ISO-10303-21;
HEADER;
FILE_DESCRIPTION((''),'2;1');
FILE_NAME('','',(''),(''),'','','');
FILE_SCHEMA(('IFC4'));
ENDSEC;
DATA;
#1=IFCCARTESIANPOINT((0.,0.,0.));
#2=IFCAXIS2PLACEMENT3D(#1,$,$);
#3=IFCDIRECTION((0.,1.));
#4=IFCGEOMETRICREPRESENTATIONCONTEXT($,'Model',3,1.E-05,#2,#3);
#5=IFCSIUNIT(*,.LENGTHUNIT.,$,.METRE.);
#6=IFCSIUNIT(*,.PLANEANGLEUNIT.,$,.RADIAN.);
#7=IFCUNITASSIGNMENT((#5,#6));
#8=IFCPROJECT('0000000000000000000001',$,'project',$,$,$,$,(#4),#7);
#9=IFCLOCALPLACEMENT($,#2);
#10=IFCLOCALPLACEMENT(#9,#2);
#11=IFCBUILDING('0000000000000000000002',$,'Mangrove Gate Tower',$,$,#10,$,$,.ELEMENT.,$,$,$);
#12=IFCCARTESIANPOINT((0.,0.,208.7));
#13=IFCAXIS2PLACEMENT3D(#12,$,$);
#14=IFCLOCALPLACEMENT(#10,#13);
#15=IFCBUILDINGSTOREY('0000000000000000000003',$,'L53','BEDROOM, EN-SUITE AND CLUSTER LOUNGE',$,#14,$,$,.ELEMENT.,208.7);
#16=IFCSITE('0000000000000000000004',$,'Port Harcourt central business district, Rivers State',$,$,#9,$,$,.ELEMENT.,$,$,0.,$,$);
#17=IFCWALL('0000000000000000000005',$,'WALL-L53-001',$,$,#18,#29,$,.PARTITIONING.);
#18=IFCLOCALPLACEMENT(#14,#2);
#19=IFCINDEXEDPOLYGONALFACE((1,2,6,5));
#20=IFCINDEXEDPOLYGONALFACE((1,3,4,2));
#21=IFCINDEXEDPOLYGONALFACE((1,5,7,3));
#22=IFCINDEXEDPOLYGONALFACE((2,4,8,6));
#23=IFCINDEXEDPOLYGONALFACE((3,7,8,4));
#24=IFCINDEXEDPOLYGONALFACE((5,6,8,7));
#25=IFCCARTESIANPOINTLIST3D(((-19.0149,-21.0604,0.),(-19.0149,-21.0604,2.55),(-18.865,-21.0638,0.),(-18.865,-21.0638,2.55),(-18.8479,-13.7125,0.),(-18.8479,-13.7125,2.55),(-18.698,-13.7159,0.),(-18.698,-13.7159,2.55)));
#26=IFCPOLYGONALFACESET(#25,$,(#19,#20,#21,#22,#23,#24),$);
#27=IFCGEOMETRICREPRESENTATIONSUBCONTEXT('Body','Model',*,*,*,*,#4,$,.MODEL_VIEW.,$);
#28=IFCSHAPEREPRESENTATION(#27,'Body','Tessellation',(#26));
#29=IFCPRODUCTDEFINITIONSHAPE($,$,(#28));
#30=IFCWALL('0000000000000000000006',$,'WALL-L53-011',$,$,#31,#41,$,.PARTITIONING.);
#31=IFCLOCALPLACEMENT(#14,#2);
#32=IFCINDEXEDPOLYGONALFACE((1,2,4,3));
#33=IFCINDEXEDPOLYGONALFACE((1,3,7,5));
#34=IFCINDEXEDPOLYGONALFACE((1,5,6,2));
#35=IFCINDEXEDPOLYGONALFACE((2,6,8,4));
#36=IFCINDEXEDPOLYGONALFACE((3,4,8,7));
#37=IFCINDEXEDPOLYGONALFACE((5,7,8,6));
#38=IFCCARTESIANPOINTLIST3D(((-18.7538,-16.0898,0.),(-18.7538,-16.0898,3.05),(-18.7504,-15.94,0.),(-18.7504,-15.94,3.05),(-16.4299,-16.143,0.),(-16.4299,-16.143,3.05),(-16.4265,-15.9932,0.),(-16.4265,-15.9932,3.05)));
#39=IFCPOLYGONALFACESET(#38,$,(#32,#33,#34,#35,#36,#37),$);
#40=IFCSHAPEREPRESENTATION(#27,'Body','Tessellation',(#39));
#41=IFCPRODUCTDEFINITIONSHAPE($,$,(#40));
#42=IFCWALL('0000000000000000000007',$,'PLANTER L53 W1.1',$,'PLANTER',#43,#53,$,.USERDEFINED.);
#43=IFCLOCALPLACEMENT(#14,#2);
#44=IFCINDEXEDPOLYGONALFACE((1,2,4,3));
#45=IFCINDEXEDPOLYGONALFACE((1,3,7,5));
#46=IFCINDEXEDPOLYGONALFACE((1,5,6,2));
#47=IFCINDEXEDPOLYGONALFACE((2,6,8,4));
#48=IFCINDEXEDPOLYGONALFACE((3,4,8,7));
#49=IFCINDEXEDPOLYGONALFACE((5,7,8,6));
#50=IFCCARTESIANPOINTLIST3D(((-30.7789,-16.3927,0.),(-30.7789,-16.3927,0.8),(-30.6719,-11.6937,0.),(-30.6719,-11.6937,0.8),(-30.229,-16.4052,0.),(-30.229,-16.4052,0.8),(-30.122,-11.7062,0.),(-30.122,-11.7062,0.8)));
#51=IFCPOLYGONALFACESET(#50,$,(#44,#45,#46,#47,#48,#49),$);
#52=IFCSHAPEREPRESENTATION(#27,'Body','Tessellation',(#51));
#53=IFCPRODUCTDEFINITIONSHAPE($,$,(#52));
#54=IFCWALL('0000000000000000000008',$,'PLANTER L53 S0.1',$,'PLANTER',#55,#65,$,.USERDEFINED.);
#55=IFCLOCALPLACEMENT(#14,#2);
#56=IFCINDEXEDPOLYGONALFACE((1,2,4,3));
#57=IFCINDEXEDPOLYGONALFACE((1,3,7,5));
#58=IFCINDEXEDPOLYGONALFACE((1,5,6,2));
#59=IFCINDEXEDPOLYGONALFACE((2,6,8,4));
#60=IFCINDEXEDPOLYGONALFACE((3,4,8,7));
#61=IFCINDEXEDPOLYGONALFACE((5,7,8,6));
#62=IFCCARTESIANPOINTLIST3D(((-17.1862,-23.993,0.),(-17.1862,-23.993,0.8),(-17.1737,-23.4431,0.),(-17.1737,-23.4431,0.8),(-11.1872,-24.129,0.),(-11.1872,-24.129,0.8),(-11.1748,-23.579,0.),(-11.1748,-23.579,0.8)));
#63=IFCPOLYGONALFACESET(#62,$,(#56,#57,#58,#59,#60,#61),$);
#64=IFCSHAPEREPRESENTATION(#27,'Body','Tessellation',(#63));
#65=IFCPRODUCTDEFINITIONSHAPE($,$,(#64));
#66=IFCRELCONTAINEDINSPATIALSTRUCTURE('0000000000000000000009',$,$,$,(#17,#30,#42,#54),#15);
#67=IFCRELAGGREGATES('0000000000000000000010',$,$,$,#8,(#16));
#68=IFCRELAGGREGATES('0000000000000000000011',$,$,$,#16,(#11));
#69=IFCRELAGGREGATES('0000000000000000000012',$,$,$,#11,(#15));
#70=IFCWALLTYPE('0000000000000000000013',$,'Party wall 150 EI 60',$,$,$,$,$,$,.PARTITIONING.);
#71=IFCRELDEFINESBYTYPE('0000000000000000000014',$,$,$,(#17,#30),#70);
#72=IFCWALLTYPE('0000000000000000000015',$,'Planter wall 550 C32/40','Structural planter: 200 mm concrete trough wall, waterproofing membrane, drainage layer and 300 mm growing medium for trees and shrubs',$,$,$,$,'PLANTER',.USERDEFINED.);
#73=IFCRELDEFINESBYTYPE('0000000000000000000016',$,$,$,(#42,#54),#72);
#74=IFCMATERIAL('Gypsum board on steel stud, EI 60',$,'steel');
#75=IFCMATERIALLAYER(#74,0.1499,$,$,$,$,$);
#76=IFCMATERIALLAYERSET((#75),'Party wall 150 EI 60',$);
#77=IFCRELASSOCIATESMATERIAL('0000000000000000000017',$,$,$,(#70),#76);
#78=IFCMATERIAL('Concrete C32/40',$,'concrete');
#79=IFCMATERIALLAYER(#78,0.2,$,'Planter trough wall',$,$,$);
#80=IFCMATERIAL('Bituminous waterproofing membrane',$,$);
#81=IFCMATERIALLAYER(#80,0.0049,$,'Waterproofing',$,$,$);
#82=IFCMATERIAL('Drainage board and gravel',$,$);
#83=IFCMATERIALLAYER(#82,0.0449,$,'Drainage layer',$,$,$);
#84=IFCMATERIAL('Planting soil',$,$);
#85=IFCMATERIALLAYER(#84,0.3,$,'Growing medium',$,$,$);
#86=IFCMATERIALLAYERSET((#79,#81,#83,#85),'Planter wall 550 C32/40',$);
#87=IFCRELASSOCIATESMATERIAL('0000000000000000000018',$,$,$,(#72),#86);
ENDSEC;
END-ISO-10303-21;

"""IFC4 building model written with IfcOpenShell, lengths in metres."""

from ifc_helpers import new_model, si_unit, direction, frame, frame_2d, origin, place, context, subcontext, project, spatial, rectangle, extrude, material, layer, layer_set, type_object, element, save


model = new_model("IFC4")

# Units and contexts
model_context = context("Model", 3, precision=1e-05, world=origin(), true_north=direction((0.0, 1.0)))
body_context = subcontext(model_context, "Body", "Model", "MODEL_VIEW")
ifc_project = project(units=[si_unit("LENGTHUNIT", "METRE"), si_unit("PLANEANGLEUNIT", "RADIAN")], contexts=[model_context])

# Site, building, storey
site_placement = place(None, origin())
site = spatial("IfcSite", under=ifc_project, at=site_placement, Name="Port Harcourt central business district, Rivers State", CompositionType="ELEMENT", RefElevation=0.0)
building_placement = place(site_placement, origin())
building = spatial("IfcBuilding", under=site, at=building_placement, Name="Mangrove Gate Tower", CompositionType="ELEMENT")
storey_placement = place(building_placement, frame((0.0, 0.0, 208.7)))
storey = spatial("IfcBuildingStorey", under=building, at=storey_placement, Name="L53", Description="BEDROOM, EN-SUITE AND CLUSTER LOUNGE", CompositionType="ELEMENT", Elevation=208.7)

# Walls
ifc_material_1 = material(Name="Gypsum board on steel stud, EI 60", Category="steel")
ifc_layer_1 = layer(ifc_material_1, 0.1499)
ifc_layer_set_1 = layer_set([ifc_layer_1], Name="Party wall 150 EI 60")
wall_type_1 = type_object("IfcWallType", Name="Party wall 150 EI 60", PredefinedType="PARTITIONING", material=ifc_layer_set_1)
wall_1_placement = place(storey_placement, frame((-18.9399, -21.062, 0.0), z_axis=(0.0, 0.0, 1.0), x_axis=(0.022721, 0.999742, 0.0)))
element("IfcWall", 1, at=wall_1_placement, inside=storey, type_object=wall_type_1, Name="WALL-L53-001", PredefinedType="PARTITIONING", context=body_context, shape_type="SweptSolid", body=[
    extrude(rectangle(XDim=7.3499, YDim=0.1499, at=frame_2d((3.6748, 0.0))), origin(), (0.0, 0.0, 1.0), 2.55),
])
wall_2_placement = place(storey_placement, frame((-18.752, -16.0149, 0.0), z_axis=(0.0, 0.0, 1.0), x_axis=(0.999738, -0.022896, 0.0)))
element("IfcWall", 2, at=wall_2_placement, inside=storey, type_object=wall_type_1, Name="WALL-L53-011", PredefinedType="PARTITIONING", context=body_context, shape_type="SweptSolid", body=[
    extrude(rectangle(XDim=2.3245, YDim=0.1499, at=frame_2d((1.1621, 0.0))), origin(), (0.0, 0.0, 1.0), 3.05),
])
ifc_material_2 = material(Name="Concrete C32/40", Category="concrete")
ifc_layer_2 = layer(ifc_material_2, 0.2, Name="Planter trough wall")
ifc_material_3 = material(Name="Bituminous waterproofing membrane")
ifc_layer_3 = layer(ifc_material_3, 0.0049, Name="Waterproofing")
ifc_material_4 = material(Name="Drainage board and gravel")
ifc_layer_4 = layer(ifc_material_4, 0.0449, Name="Drainage layer")
ifc_material_5 = material(Name="Planting soil")
ifc_layer_5 = layer(ifc_material_5, 0.3, Name="Growing medium")
ifc_layer_set_2 = layer_set([ifc_layer_2, ifc_layer_3, ifc_layer_4, ifc_layer_5], Name="Planter wall 550 C32/40")
wall_type_2 = type_object("IfcWallType", Name="Planter wall 550 C32/40", Description="Structural planter: 200 mm concrete trough wall, waterproofing membrane, drainage layer and 300 mm growing medium for trees and shrubs", ElementType="PLANTER", PredefinedType="USERDEFINED", material=ifc_layer_set_2)
wall_3_placement = place(storey_placement, frame((-30.5039, -16.3989, 0.0), z_axis=(0.0, 0.0, 1.0), x_axis=(0.022751, 0.999741, 0.0)))
element("IfcWall", 3, at=wall_3_placement, inside=storey, type_object=wall_type_2, Name="PLANTER L53 W1.1", ObjectType="PLANTER", PredefinedType="USERDEFINED", context=body_context, shape_type="SweptSolid", body=[
    extrude(rectangle(XDim=4.7002, YDim=0.55, at=frame_2d((2.3501, 0.0))), origin(), (0.0, 0.0, 1.0), 0.8),
])
wall_4_placement = place(storey_placement, frame((-17.1799, -23.718, 0.0), z_axis=(0.0, 0.0, 1.0), x_axis=(0.999743, -0.022662, 0.0)))
element("IfcWall", 4, at=wall_4_placement, inside=storey, type_object=wall_type_2, Name="PLANTER L53 S0.1", ObjectType="PLANTER", PredefinedType="USERDEFINED", context=body_context, shape_type="SweptSolid", body=[
    extrude(rectangle(XDim=6.0005, YDim=0.55, at=frame_2d((3.0002, 0.0))), origin(), (0.0, 0.0, 1.0), 0.8),
])

save(model, "model.ifc")
